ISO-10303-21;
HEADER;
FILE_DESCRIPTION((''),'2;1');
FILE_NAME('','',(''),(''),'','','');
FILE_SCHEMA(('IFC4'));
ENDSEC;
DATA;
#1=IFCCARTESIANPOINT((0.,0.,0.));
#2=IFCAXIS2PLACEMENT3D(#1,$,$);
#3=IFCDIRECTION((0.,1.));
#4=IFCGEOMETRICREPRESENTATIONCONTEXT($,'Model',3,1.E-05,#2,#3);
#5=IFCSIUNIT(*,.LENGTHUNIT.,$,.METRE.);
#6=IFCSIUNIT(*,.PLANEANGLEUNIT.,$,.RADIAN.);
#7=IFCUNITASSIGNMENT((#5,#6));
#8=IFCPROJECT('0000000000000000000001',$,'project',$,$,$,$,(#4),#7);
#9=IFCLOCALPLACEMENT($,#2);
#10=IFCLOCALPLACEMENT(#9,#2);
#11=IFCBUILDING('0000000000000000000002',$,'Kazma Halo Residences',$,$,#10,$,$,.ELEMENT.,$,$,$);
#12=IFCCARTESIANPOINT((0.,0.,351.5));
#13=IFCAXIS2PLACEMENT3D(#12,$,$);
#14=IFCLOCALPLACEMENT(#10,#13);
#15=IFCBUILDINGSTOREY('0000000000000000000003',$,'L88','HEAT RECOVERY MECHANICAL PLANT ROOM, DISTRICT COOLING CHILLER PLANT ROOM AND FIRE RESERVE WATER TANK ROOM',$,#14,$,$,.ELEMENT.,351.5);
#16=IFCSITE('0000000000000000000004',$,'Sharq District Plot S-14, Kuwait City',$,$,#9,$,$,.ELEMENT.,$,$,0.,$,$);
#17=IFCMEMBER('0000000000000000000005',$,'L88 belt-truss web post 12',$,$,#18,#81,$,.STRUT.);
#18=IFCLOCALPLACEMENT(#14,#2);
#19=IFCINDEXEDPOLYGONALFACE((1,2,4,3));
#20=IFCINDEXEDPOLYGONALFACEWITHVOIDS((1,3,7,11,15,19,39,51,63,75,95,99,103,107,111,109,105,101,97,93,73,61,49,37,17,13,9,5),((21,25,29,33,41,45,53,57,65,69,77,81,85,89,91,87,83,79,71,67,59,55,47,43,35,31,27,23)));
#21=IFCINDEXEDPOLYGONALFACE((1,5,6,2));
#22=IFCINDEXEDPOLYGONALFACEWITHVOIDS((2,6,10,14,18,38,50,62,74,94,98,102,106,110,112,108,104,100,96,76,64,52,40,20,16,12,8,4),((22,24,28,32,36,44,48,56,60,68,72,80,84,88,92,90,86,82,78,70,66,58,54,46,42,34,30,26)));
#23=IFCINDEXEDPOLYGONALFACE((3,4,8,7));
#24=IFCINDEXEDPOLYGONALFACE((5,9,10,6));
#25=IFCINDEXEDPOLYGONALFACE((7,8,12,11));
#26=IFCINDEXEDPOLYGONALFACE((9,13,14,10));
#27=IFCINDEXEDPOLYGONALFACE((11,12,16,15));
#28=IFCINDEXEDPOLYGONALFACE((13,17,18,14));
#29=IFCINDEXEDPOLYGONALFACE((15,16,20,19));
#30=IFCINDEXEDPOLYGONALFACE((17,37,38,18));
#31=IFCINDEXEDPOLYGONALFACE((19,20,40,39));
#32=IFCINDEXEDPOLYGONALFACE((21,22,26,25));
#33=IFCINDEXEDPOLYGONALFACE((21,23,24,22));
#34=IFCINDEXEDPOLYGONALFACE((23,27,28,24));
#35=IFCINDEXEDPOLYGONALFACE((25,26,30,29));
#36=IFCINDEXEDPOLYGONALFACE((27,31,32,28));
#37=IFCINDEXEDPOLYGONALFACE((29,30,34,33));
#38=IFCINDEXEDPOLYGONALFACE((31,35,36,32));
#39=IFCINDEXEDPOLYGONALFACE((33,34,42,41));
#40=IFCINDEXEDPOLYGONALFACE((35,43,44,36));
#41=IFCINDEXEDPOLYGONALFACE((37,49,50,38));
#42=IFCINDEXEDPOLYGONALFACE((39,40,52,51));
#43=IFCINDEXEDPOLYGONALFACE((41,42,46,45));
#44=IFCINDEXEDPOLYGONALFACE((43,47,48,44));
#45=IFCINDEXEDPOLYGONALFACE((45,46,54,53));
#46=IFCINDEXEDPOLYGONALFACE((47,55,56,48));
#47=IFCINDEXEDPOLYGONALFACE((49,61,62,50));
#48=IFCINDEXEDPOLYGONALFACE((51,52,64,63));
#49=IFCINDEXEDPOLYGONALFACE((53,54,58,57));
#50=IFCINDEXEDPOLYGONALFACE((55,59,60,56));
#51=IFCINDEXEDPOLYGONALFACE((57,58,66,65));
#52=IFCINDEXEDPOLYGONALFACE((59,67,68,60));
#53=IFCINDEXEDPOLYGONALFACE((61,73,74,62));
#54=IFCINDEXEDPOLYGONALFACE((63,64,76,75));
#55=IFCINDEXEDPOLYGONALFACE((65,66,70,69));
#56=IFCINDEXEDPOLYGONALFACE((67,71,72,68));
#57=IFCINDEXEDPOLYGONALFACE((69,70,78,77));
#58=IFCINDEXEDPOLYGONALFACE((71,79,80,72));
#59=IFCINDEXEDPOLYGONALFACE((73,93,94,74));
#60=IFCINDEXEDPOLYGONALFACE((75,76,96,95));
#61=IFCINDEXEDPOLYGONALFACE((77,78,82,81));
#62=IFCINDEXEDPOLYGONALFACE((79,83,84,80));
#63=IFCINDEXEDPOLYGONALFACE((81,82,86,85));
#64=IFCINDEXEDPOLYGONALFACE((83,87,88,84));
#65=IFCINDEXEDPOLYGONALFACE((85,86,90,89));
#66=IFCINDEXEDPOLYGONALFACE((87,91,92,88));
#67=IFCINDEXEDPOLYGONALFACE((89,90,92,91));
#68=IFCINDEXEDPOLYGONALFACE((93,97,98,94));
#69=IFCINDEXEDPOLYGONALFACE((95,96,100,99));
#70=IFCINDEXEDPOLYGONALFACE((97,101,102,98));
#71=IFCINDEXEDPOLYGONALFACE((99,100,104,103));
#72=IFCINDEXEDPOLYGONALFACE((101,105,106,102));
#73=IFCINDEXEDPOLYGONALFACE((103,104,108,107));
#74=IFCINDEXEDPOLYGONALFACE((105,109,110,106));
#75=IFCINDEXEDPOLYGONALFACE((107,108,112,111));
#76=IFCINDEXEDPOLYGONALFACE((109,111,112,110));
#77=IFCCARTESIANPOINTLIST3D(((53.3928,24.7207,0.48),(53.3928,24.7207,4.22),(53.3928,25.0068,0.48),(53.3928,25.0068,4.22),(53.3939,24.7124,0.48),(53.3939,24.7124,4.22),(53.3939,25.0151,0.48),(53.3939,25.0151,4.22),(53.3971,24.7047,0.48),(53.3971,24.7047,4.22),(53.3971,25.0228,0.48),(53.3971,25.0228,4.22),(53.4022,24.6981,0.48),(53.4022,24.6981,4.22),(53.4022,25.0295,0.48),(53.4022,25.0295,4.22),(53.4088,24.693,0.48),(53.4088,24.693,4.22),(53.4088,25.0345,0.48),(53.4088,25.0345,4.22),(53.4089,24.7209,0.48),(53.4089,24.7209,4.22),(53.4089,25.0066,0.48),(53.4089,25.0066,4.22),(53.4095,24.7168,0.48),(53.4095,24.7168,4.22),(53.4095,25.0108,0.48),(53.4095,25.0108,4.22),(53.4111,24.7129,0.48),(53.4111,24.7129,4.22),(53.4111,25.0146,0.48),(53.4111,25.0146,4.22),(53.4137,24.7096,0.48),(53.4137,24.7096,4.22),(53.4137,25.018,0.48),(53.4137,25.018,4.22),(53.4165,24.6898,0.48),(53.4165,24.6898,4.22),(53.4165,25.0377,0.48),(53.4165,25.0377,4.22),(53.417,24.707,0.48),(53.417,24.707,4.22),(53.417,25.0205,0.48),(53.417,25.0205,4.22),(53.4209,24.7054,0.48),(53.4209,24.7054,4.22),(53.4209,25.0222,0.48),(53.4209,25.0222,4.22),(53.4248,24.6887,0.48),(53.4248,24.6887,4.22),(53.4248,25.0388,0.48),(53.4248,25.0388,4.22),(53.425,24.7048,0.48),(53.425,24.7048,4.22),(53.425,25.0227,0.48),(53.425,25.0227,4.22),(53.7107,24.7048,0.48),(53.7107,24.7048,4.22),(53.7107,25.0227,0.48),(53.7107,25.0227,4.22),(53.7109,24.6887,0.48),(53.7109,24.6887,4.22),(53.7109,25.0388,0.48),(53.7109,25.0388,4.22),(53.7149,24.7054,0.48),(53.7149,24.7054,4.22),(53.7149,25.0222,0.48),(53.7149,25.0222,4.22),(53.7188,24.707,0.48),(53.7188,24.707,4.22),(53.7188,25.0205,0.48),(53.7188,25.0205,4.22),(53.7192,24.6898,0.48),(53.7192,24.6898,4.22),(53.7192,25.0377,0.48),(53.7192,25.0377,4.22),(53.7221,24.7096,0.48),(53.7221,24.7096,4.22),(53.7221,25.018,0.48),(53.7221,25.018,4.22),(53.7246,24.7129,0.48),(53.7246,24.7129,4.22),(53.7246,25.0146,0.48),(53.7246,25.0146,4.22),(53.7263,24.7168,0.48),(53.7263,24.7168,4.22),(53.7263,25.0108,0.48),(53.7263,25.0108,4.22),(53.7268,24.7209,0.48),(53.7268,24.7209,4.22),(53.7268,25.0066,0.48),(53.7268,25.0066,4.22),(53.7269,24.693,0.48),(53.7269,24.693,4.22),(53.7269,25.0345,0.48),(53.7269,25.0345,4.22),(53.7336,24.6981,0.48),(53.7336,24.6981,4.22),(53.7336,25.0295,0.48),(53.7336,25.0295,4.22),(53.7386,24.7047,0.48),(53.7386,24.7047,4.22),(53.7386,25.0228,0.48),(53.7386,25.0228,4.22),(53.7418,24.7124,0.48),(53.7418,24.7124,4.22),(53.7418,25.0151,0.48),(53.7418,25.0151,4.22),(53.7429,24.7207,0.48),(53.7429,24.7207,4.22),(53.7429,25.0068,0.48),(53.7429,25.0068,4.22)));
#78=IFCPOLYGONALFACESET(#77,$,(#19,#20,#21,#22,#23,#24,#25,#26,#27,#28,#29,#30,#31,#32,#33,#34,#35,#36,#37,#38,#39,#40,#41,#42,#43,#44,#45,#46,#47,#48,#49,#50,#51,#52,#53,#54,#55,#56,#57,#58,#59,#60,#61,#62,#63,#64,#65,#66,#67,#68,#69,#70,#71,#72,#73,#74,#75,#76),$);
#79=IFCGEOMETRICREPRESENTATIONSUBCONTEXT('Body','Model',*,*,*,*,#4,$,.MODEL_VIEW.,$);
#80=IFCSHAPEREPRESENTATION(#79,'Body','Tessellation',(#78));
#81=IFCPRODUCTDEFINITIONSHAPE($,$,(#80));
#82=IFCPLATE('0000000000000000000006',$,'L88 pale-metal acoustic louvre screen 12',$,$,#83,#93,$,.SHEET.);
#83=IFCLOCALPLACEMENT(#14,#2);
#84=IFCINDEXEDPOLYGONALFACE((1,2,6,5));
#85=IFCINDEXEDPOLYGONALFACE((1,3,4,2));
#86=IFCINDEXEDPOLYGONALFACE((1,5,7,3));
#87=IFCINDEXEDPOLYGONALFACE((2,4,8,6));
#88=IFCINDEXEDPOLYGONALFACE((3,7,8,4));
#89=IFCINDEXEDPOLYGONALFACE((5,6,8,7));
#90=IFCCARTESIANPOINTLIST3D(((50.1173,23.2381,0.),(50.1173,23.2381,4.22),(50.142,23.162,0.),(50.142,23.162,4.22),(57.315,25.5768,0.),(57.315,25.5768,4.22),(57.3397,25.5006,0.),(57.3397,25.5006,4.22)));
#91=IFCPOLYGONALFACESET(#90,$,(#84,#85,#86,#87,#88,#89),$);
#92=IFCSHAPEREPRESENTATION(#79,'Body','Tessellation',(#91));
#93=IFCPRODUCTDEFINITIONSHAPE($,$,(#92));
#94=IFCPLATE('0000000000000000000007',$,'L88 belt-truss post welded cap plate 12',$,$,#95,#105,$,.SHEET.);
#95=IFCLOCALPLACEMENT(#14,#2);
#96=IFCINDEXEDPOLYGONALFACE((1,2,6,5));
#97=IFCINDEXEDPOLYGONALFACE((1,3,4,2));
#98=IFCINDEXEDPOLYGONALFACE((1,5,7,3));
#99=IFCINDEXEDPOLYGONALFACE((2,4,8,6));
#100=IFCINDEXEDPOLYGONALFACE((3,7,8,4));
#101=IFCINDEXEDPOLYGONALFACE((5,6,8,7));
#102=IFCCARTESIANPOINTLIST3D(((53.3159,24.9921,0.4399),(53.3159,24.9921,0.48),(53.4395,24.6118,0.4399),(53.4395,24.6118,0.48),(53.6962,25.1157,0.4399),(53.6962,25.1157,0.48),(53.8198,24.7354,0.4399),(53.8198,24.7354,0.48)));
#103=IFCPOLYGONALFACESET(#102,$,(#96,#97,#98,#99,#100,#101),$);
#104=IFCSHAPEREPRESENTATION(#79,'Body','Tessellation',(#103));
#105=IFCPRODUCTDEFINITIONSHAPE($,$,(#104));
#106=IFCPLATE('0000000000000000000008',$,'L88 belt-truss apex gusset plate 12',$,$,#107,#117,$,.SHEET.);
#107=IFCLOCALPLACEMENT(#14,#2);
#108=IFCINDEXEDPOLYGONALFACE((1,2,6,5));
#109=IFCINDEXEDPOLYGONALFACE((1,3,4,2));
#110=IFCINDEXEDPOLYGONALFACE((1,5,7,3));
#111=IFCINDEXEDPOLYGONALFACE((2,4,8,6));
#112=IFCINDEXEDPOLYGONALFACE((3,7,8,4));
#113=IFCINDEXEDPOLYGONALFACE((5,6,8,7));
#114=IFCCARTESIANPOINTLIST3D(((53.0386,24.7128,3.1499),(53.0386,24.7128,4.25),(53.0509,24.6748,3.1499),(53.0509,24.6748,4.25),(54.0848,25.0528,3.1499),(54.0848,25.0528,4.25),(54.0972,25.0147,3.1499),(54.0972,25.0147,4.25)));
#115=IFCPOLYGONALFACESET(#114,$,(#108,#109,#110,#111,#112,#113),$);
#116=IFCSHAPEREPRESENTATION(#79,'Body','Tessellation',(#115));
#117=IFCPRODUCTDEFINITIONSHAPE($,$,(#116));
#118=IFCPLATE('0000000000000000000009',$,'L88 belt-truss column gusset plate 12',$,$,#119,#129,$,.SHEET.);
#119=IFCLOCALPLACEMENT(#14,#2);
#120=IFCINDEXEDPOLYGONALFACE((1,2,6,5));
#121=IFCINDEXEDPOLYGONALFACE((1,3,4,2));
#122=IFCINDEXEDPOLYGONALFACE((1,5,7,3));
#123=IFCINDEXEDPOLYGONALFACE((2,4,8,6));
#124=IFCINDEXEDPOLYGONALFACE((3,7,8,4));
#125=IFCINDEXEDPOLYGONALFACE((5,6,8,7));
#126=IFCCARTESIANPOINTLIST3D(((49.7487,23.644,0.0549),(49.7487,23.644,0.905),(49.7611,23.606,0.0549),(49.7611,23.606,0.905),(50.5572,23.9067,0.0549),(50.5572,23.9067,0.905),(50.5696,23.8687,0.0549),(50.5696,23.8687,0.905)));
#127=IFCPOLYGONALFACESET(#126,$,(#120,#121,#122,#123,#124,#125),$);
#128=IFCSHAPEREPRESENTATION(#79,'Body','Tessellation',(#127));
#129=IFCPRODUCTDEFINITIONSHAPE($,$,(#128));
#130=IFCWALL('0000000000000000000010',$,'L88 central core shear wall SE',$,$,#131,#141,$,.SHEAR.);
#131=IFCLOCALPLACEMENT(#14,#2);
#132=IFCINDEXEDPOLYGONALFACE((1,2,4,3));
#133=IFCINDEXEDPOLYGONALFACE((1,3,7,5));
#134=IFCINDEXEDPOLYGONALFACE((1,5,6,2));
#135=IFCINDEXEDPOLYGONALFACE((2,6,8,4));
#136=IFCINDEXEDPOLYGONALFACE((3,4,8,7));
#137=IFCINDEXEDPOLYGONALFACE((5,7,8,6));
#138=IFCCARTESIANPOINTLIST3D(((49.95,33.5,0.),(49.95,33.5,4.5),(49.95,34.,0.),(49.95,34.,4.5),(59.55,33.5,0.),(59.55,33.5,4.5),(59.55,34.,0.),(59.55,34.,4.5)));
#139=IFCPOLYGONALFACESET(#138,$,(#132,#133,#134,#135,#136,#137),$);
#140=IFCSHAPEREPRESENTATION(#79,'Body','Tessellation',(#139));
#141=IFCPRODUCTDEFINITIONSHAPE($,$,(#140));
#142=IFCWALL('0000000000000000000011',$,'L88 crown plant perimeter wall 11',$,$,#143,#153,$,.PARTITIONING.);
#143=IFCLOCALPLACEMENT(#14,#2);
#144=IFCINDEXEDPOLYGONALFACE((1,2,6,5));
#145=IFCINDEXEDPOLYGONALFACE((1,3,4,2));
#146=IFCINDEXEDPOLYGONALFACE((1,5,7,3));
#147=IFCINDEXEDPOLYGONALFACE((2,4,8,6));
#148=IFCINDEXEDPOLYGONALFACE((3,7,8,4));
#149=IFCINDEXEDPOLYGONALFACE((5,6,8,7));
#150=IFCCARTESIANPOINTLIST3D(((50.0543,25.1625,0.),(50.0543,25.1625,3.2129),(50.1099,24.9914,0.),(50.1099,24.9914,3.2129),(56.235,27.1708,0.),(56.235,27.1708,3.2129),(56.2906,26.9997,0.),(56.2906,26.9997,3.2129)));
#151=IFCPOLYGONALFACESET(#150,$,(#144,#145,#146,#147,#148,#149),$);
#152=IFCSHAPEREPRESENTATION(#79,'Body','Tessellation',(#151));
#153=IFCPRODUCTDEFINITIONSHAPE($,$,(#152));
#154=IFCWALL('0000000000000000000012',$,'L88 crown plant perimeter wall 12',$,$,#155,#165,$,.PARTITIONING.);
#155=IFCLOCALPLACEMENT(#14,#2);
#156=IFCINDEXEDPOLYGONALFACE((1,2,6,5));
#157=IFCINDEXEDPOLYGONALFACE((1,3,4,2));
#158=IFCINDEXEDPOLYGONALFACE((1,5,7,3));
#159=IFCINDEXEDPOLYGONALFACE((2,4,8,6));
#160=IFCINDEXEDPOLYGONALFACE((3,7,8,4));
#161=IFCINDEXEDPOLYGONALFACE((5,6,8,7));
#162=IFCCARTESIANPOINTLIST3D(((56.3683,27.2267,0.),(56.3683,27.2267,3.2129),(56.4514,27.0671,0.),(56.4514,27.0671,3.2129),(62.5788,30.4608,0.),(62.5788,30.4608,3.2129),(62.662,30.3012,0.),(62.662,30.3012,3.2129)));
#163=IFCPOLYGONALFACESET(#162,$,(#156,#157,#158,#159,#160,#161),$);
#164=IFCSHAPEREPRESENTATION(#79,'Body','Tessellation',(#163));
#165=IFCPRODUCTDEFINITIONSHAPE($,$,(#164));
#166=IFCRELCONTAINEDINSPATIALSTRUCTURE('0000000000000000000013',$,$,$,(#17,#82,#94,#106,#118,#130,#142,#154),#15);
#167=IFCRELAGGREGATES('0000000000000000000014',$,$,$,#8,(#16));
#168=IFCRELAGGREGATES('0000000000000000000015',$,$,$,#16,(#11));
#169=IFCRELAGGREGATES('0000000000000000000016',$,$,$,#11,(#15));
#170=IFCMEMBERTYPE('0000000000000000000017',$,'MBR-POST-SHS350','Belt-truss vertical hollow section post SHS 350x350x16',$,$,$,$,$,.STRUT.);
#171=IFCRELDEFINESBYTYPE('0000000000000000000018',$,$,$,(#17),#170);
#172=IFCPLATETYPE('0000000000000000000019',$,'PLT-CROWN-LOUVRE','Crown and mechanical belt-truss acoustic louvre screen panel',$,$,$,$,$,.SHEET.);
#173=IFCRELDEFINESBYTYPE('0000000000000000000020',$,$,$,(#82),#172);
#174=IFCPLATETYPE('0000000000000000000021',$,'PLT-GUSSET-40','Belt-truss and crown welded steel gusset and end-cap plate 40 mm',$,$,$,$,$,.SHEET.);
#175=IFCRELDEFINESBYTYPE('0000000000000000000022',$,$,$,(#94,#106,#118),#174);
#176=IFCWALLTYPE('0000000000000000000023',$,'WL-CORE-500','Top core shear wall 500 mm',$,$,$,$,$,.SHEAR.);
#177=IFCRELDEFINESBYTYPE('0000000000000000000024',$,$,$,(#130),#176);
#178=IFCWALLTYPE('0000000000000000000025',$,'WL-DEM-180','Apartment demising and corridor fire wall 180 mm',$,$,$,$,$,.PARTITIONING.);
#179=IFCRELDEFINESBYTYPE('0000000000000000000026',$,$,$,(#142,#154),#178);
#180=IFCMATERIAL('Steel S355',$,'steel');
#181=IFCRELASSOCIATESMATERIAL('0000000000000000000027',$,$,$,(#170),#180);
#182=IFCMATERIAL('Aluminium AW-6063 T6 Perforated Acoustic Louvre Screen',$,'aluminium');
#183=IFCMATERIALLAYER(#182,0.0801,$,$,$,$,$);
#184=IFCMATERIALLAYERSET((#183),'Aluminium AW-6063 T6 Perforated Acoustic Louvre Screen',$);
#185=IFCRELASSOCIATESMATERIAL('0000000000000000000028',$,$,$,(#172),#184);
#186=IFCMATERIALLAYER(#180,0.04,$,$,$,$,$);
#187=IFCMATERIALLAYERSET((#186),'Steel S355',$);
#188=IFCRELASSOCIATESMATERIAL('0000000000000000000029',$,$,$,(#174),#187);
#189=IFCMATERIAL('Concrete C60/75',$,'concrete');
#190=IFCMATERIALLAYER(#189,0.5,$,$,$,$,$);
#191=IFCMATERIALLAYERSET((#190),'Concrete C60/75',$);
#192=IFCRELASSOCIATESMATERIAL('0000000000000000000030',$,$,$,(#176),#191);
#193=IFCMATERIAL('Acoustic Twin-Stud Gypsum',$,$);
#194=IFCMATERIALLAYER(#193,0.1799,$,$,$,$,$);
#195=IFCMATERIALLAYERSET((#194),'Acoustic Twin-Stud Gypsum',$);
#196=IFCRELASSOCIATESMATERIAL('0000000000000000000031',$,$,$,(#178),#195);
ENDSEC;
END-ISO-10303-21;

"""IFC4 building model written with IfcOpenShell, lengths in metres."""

from ifc_helpers import new_model, si_unit, direction, frame, frame_2d, origin, origin_2d, place, context, subcontext, project, spatial, rectangle, hollow_rectangle, extrude, material, layer, layer_set, material_profile, profile_set, type_object, element, save


model = new_model("IFC4")

# Units and contexts
model_context = context("Model", 3, precision=1e-05, world=origin(), true_north=direction((0.0, 1.0)))
body_context = subcontext(model_context, "Body", "Model", "MODEL_VIEW")
ifc_project = project(units=[si_unit("LENGTHUNIT", "METRE"), si_unit("PLANEANGLEUNIT", "RADIAN")], contexts=[model_context])

# Site, building, storey
site_placement = place(None, origin())
site = spatial("IfcSite", under=ifc_project, at=site_placement, Name="Sharq District Plot S-14, Kuwait City", CompositionType="ELEMENT", RefElevation=0.0)
building_placement = place(site_placement, origin())
building = spatial("IfcBuilding", under=site, at=building_placement, Name="Kazma Halo Residences", CompositionType="ELEMENT")
storey_placement = place(building_placement, frame((0.0, 0.0, 351.5)))
storey = spatial("IfcBuildingStorey", under=building, at=storey_placement, Name="L88", Description="HEAT RECOVERY MECHANICAL PLANT ROOM, DISTRICT COOLING CHILLER PLANT ROOM AND FIRE RESERVE WATER TANK ROOM", CompositionType="ELEMENT", Elevation=351.5)

# Shared definitions
ifc_material_1 = material(Name="Steel S355", Category="steel")

# Member
ifc_material_profile_1 = material_profile(ifc_material_1, hollow_rectangle(XDim=0.3501, YDim=0.3501, WallThickness=0.0161, InnerFilletRadius=0.0161, OuterFilletRadius=0.032, at=origin_2d()), Name="SHS350x350x16")
ifc_profile_set_1 = profile_set([ifc_material_profile_1], Name="Steel S355")
member_type_1 = type_object("IfcMemberType", Name="MBR-POST-SHS350", Description="Belt-truss vertical hollow section post SHS 350x350x16", PredefinedType="STRUT", material=ifc_profile_set_1)
member_1_placement = place(storey_placement, frame((53.5679, 24.8638, 0.48), z_axis=(0.0, 0.0, 1.0), x_axis=(1.0, 0.0, 0.0)))
element("IfcMember", 1, at=member_1_placement, inside=storey, type_object=member_type_1, Name="L88 belt-truss web post 12", PredefinedType="STRUT", context=body_context, shape_type="SweptSolid", body=[
    extrude(hollow_rectangle(XDim=0.3501, YDim=0.3501, WallThickness=0.0161, InnerFilletRadius=0.0161, OuterFilletRadius=0.032, at=origin_2d()), origin(), (0.0, 0.0, 1.0), 3.74),
])

# Plates
ifc_material_2 = material(Name="Aluminium AW-6063 T6 Perforated Acoustic Louvre Screen", Category="aluminium")
ifc_layer_1 = layer(ifc_material_2, 0.0801)
ifc_layer_set_1 = layer_set([ifc_layer_1], Name="Aluminium AW-6063 T6 Perforated Acoustic Louvre Screen")
plate_type_1 = type_object("IfcPlateType", Name="PLT-CROWN-LOUVRE", Description="Crown and mechanical belt-truss acoustic louvre screen panel", PredefinedType="SHEET", material=ifc_layer_set_1)
plate_1_placement = place(storey_placement, frame((53.7285, 24.3694, 0.0), z_axis=(0.0, 0.0, 1.0), x_axis=(0.951058, 0.309012, 0.0)))
element("IfcPlate", 2, at=plate_1_placement, inside=storey, type_object=plate_type_1, Name="L88 pale-metal acoustic louvre screen 12", PredefinedType="SHEET", context=body_context, shape_type="SweptSolid", body=[
    extrude(rectangle(XDim=7.5681, YDim=0.0801, at=origin_2d()), origin(), (0.0, 0.0, 1.0), 4.22),
])
ifc_layer_2 = layer(ifc_material_1, 0.04)
ifc_layer_set_2 = layer_set([ifc_layer_2], Name="Steel S355")
plate_type_2 = type_object("IfcPlateType", Name="PLT-GUSSET-40", Description="Belt-truss and crown welded steel gusset and end-cap plate 40 mm", PredefinedType="SHEET", material=ifc_layer_set_2)
plate_2_placement = place(storey_placement, frame((53.5679, 24.8638, 0.4399), z_axis=(0.0, 0.0, 1.0), x_axis=(0.951058, 0.309012, 0.0)))
element("IfcPlate", 3, at=plate_2_placement, inside=storey, type_object=plate_type_2, Name="L88 belt-truss post welded cap plate 12", PredefinedType="SHEET", context=body_context, shape_type="SweptSolid", body=[
    extrude(rectangle(XDim=0.3999, YDim=0.3999, at=origin_2d()), origin(), (0.0, 0.0, 1.0), 0.04),
])
plate_3_placement = place(storey_placement, frame((53.5679, 24.8638, 3.1499), z_axis=(0.0, 0.0, 1.0), x_axis=(0.951058, 0.309012, 0.0)))
element("IfcPlate", 4, at=plate_3_placement, inside=storey, type_object=plate_type_2, Name="L88 belt-truss apex gusset plate 12", PredefinedType="SHEET", context=body_context, shape_type="SweptSolid", body=[
    extrude(rectangle(XDim=1.1001, YDim=0.04, at=origin_2d()), origin(), (0.0, 0.0, 1.0), 1.1001),
])
plate_4_placement = place(storey_placement, frame((50.1592, 23.7563, 0.0549), z_axis=(0.0, 0.0, 1.0), x_axis=(0.951058, 0.309012, 0.0)))
element("IfcPlate", 5, at=plate_4_placement, inside=storey, type_object=plate_type_2, Name="L88 belt-truss column gusset plate 12", PredefinedType="SHEET", context=body_context, shape_type="SweptSolid", body=[
    extrude(rectangle(XDim=0.8501, YDim=0.04, at=origin_2d()), origin(), (0.0, 0.0, 1.0), 0.8501),
])

# Walls
ifc_material_3 = material(Name="Concrete C60/75", Category="concrete")
ifc_layer_3 = layer(ifc_material_3, 0.5)
ifc_layer_set_3 = layer_set([ifc_layer_3], Name="Concrete C60/75")
wall_type_1 = type_object("IfcWallType", Name="WL-CORE-500", Description="Top core shear wall 500 mm", PredefinedType="SHEAR", material=ifc_layer_set_3)
wall_1_placement = place(storey_placement, frame((49.95, 33.75, 0.0), z_axis=(0.0, 0.0, 1.0), x_axis=(1.0, 0.0, 0.0)))
element("IfcWall", 6, at=wall_1_placement, inside=storey, type_object=wall_type_1, Name="L88 central core shear wall SE", PredefinedType="SHEAR", context=body_context, shape_type="SweptSolid", body=[
    extrude(rectangle(XDim=9.6001, YDim=0.5, at=frame_2d((4.8, 0.0))), origin(), (0.0, 0.0, 1.0), 4.5),
])
ifc_material_4 = material(Name="Acoustic Twin-Stud Gypsum")
ifc_layer_4 = layer(ifc_material_4, 0.1799)
ifc_layer_set_4 = layer_set([ifc_layer_4], Name="Acoustic Twin-Stud Gypsum")
wall_type_2 = type_object("IfcWallType", Name="WL-DEM-180", Description="Apartment demising and corridor fire wall 180 mm", PredefinedType="PARTITIONING", material=ifc_layer_set_4)
wall_2_placement = place(storey_placement, frame((50.082, 25.0769, 0.0), z_axis=(0.0, 0.0, 1.0), x_axis=(0.951053, 0.309028, 0.0)))
element("IfcWall", 7, at=wall_2_placement, inside=storey, type_object=wall_type_2, Name="L88 crown plant perimeter wall 11", PredefinedType="PARTITIONING", context=body_context, shape_type="SweptSolid", body=[
    extrude(rectangle(XDim=6.4988, YDim=0.1799, at=frame_2d((3.2495, 0.0))), origin(), (0.0, 0.0, 1.0), 3.2129),
])
wall_3_placement = place(storey_placement, frame((56.4099, 27.147, 0.0), z_axis=(0.0, 0.0, 1.0), x_axis=(0.886949, 0.461866, 0.0)))
element("IfcWall", 8, at=wall_3_placement, inside=storey, type_object=wall_type_2, Name="L88 crown plant perimeter wall 12", PredefinedType="PARTITIONING", context=body_context, shape_type="SweptSolid", body=[
    extrude(rectangle(XDim=7.0022, YDim=0.1799, at=frame_2d((3.501, 0.0))), origin(), (0.0, 0.0, 1.0), 3.2129),
])

save(model, "model.ifc")
